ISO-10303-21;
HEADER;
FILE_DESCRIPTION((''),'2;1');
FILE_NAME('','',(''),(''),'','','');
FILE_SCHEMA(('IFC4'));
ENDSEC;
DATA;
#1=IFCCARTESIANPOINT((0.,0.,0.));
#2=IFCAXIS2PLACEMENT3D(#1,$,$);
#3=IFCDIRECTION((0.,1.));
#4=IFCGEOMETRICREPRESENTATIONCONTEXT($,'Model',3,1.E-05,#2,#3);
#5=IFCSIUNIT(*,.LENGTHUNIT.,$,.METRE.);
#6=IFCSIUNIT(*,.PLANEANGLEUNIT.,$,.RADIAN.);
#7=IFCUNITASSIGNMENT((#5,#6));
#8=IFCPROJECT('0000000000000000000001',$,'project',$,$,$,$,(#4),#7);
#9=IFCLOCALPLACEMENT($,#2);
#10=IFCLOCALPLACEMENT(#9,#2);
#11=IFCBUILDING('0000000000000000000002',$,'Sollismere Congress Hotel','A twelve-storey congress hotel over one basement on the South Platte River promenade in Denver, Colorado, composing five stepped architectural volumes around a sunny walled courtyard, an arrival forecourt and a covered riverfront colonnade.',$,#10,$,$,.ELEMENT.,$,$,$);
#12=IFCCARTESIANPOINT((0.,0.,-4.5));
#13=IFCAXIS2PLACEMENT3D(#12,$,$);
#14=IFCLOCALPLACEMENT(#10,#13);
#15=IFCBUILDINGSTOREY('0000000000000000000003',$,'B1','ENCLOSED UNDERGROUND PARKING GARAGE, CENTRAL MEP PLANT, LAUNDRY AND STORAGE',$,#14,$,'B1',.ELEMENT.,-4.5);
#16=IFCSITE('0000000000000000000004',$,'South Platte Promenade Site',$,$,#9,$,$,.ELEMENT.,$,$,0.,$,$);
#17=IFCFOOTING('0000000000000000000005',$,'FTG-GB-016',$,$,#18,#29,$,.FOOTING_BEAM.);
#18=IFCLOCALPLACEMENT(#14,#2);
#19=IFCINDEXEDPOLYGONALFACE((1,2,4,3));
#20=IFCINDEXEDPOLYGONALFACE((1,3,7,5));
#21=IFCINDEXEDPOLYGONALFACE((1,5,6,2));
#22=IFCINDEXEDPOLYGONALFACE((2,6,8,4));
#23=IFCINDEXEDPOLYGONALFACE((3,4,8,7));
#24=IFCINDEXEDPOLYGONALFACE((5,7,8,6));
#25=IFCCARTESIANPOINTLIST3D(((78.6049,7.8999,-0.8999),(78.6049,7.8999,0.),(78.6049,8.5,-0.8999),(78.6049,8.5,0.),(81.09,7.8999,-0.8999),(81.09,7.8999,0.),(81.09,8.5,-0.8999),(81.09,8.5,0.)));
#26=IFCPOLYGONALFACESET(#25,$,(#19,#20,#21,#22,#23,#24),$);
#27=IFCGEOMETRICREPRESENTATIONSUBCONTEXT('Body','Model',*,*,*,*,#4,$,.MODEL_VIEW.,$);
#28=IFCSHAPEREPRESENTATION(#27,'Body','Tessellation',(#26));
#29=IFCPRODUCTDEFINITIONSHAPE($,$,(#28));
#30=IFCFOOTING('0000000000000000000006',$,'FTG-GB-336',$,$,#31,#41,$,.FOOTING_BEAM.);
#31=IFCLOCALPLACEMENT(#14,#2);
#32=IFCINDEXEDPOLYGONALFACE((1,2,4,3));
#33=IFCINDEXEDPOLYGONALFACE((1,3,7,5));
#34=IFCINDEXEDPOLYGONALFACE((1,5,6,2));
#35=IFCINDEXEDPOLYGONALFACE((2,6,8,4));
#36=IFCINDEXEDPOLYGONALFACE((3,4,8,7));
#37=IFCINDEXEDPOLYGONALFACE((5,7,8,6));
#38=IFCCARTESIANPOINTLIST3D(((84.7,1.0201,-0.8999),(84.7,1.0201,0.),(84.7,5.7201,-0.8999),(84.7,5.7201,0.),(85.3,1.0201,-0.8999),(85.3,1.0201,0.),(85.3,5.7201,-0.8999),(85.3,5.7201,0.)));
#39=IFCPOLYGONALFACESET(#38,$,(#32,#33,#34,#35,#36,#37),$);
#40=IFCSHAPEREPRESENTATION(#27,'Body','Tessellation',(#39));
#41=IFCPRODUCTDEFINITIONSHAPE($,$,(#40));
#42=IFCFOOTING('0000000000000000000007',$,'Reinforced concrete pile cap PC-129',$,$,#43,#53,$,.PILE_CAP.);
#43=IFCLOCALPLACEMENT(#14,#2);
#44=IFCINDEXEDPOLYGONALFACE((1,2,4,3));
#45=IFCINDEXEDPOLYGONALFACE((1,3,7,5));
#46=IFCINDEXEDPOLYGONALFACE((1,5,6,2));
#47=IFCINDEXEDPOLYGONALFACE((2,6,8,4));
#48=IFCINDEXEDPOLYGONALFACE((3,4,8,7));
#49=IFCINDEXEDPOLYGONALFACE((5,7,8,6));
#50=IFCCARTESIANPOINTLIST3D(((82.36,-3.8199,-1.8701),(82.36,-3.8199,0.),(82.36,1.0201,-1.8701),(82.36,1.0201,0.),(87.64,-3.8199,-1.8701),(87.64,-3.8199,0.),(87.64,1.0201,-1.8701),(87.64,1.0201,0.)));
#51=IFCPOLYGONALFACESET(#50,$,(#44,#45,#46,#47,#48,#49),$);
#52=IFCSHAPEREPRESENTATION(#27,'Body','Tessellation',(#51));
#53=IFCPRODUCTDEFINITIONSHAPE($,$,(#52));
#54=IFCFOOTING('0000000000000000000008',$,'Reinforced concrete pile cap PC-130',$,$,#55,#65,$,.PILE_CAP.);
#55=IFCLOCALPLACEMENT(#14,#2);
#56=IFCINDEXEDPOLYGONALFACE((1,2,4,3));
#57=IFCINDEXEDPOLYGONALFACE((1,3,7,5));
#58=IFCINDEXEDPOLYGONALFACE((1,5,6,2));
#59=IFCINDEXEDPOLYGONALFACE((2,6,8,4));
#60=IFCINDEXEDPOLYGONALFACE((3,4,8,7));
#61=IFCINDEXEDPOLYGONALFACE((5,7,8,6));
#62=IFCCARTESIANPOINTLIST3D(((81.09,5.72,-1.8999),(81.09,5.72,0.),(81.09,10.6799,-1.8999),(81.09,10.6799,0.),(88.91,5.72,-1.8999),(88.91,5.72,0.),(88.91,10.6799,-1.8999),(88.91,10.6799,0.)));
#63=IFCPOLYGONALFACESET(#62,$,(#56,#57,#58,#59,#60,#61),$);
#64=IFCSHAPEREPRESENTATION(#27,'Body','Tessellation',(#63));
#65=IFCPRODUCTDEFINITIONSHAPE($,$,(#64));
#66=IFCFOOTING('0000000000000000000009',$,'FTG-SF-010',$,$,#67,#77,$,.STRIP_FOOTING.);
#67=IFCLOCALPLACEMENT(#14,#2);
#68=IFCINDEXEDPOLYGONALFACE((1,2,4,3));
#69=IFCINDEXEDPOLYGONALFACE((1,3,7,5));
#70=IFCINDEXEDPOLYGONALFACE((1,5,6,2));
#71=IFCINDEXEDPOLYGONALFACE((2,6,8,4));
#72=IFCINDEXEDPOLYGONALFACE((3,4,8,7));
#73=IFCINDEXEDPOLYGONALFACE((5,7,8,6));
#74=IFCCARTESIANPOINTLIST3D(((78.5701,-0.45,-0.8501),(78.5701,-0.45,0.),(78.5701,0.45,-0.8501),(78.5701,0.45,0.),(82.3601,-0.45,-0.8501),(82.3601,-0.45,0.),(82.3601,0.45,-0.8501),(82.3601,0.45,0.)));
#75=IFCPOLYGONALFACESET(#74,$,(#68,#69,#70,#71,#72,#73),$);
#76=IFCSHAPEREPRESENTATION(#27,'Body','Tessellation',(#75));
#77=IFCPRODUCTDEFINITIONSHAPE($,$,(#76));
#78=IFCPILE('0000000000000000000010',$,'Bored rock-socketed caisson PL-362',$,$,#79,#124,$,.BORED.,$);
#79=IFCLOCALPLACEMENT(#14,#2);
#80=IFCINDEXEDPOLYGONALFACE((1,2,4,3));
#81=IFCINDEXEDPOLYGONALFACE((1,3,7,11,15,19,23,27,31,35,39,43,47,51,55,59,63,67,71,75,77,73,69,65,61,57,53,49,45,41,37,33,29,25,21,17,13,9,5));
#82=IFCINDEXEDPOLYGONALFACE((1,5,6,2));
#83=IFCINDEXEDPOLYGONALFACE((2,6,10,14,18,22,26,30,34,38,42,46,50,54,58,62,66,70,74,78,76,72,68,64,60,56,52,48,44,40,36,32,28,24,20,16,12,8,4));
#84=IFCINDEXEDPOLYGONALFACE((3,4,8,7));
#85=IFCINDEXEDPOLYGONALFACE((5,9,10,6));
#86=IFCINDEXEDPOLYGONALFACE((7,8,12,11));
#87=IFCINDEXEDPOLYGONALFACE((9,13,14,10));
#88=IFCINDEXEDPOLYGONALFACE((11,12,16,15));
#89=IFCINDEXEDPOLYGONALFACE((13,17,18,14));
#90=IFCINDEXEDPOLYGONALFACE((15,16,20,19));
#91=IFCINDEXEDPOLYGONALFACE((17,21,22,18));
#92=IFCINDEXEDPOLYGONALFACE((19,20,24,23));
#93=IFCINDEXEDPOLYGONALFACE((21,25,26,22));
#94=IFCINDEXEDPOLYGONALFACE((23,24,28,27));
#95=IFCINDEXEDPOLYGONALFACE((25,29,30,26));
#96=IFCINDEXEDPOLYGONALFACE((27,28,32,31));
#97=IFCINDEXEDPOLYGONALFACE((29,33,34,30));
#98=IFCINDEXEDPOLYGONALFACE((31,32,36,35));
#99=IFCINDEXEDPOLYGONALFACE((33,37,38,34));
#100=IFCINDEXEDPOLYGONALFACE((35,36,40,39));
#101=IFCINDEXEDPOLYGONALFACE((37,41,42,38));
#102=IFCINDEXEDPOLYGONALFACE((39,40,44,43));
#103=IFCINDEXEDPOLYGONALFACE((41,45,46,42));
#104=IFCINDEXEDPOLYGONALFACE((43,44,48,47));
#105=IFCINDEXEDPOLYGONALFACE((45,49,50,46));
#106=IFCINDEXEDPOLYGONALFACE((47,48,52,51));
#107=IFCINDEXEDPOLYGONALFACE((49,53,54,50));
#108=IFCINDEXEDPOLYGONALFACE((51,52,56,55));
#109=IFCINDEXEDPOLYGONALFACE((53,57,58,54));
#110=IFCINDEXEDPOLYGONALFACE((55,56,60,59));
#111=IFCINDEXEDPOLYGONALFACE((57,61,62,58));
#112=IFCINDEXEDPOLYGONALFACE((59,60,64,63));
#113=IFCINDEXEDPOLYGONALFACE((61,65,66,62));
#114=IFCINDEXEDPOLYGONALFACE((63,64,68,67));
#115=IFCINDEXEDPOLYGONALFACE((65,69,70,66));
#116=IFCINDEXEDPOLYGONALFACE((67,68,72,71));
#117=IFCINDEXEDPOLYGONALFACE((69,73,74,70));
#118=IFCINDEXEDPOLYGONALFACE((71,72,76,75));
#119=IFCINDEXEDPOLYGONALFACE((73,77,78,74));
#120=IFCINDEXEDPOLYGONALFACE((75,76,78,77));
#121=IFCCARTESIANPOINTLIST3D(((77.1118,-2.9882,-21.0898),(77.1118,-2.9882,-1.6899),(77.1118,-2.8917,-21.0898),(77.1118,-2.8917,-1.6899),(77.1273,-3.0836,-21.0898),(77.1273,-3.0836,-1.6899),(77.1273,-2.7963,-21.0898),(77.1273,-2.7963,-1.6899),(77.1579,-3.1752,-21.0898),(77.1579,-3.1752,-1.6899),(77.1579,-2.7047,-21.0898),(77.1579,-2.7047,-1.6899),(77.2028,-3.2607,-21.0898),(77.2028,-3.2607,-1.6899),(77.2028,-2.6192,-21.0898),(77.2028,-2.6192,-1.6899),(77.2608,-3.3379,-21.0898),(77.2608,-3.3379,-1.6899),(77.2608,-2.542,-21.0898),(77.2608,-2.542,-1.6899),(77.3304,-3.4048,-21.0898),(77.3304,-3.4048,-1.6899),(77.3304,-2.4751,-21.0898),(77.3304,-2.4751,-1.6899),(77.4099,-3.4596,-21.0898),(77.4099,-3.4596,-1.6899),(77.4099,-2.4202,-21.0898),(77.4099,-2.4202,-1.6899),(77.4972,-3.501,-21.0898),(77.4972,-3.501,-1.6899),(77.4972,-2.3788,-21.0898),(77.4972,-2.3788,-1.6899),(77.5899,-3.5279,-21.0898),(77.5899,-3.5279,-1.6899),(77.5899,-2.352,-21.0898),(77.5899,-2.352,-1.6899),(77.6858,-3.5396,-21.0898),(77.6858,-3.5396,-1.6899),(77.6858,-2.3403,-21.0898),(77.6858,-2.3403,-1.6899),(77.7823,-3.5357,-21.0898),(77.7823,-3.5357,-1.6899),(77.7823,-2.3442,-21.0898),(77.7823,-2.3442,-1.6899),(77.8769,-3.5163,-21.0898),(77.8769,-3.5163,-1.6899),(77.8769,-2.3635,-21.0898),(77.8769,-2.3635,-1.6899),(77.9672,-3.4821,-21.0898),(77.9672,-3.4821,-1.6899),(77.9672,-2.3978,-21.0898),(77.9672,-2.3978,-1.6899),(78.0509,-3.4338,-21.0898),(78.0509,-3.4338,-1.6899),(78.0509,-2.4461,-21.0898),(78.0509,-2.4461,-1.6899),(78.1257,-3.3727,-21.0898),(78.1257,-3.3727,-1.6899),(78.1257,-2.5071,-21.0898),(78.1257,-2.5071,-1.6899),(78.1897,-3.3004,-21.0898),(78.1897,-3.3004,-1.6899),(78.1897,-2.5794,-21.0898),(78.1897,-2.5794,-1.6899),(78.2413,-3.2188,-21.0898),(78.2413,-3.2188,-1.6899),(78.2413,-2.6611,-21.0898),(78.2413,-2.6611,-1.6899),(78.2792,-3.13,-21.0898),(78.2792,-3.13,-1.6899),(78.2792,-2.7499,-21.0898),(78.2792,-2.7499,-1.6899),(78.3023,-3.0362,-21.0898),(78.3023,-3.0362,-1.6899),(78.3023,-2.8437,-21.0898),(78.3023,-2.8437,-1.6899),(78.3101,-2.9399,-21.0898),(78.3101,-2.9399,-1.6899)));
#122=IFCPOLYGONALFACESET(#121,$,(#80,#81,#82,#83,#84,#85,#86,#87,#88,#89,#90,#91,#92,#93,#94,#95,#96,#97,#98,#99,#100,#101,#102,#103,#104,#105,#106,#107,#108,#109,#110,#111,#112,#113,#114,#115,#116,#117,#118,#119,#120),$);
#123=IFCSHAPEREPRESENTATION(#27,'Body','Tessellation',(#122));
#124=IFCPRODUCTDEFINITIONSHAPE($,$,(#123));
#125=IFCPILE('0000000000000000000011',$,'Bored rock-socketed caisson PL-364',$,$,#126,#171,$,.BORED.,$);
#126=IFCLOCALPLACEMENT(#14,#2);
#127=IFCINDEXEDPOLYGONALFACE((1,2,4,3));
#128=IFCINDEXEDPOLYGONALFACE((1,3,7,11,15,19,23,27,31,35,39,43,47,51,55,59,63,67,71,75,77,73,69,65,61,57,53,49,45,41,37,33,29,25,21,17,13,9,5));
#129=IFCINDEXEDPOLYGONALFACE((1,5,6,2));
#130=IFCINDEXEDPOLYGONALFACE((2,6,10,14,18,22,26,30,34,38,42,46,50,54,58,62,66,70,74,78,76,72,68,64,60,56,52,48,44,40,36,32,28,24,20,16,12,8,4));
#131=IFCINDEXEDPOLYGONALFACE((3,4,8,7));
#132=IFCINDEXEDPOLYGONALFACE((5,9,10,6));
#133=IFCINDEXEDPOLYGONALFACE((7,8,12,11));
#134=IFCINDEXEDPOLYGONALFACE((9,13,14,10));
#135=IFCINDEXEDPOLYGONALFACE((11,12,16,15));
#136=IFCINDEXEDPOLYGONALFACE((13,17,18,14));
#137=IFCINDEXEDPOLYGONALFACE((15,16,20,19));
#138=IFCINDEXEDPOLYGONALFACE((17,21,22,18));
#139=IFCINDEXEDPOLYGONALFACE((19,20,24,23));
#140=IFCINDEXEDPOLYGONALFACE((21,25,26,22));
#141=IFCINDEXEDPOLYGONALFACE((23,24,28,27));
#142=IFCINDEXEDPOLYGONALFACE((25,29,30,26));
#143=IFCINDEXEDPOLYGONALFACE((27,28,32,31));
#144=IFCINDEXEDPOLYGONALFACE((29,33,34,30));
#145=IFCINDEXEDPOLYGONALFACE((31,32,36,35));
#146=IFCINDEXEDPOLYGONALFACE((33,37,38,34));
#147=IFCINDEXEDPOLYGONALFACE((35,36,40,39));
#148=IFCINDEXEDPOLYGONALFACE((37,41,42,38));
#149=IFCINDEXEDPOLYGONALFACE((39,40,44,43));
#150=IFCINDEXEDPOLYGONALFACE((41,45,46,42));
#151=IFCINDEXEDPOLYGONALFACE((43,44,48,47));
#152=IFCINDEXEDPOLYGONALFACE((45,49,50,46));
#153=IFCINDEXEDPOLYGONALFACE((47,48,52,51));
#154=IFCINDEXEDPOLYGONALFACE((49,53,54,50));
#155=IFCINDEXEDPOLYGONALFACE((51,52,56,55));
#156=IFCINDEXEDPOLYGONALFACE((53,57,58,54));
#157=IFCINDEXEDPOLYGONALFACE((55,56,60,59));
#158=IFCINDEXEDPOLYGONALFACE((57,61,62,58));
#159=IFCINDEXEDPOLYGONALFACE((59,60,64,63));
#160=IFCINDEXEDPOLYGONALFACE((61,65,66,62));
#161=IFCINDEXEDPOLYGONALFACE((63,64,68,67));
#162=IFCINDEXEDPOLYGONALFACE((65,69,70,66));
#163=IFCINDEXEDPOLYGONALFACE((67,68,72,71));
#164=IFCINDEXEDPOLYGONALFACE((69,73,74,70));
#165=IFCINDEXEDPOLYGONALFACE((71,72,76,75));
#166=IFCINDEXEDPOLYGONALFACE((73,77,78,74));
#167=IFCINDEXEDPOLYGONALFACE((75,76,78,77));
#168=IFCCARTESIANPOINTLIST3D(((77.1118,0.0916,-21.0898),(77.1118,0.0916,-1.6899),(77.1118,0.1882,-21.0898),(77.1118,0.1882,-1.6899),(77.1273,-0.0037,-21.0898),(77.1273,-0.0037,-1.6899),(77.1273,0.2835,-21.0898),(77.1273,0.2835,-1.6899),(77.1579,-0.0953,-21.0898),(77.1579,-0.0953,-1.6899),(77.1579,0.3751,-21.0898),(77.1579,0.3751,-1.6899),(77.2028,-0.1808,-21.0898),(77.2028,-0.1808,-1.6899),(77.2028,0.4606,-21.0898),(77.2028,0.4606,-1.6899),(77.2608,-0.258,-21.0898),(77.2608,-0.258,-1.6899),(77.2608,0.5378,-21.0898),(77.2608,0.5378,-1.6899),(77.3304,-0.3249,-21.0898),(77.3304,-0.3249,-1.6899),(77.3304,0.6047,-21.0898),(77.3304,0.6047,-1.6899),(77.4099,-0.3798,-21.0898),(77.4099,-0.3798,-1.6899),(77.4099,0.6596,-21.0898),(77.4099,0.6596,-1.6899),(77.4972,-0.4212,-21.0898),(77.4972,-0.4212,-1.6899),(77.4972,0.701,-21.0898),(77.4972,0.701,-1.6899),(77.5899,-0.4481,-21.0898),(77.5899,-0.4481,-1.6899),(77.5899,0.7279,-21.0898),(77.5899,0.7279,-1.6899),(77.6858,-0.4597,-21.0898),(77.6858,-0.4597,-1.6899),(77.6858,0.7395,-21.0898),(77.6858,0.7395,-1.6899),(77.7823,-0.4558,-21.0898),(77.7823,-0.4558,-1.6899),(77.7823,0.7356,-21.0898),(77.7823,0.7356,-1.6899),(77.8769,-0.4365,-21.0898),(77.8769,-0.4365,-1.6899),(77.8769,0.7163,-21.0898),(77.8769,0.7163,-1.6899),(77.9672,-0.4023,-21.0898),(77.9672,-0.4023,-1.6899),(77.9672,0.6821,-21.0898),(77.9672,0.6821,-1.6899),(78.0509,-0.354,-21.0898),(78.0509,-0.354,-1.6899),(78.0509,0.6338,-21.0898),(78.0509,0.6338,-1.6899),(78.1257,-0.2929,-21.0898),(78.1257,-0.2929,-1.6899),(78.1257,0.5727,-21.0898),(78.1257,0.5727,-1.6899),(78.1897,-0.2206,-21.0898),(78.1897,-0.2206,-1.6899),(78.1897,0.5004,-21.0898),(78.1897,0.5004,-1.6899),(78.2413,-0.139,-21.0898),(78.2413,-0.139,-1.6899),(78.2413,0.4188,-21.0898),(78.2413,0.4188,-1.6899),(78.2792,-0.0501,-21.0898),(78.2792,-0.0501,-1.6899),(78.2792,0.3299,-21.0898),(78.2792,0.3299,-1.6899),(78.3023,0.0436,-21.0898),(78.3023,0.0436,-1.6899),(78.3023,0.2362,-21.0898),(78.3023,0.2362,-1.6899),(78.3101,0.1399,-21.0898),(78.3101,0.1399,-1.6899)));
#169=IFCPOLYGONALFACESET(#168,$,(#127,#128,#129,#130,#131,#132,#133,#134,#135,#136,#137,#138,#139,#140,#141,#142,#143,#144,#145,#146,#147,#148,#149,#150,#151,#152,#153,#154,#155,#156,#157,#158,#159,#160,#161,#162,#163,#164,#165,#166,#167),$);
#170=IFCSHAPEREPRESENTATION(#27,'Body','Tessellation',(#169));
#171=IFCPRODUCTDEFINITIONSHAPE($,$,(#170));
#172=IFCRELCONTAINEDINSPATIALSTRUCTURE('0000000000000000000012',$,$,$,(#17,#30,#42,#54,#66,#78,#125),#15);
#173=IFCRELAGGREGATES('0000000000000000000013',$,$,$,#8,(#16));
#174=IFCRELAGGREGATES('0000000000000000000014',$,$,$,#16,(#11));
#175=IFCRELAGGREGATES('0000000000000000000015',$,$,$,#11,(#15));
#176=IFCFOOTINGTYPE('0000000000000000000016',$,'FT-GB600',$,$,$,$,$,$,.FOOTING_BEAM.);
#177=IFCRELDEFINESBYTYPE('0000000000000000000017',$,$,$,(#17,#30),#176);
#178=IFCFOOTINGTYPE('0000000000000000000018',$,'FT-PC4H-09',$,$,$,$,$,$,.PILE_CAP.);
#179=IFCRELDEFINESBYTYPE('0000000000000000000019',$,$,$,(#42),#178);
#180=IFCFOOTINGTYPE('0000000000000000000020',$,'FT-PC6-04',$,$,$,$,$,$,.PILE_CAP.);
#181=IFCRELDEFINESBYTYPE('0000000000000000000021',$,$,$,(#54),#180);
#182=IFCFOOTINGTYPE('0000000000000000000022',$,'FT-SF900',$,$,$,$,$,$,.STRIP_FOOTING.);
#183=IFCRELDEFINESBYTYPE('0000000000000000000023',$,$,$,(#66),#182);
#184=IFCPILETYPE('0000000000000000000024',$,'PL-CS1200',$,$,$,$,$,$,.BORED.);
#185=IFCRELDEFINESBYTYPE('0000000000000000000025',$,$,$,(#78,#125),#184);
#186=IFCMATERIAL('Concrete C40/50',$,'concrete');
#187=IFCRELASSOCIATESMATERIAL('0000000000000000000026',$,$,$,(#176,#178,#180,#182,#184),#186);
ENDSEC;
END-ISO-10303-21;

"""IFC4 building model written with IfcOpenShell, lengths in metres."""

from ifc_helpers import new_model, si_unit, direction, frame, origin, origin_2d, place, context, subcontext, project, spatial, rectangle, circle, extrude, material, material_profile, profile_set, type_object, element, save


model = new_model("IFC4")

# Units and contexts
model_context = context("Model", 3, precision=1e-05, world=origin(), true_north=direction((0.0, 1.0)))
body_context = subcontext(model_context, "Body", "Model", "MODEL_VIEW")
ifc_project = project(units=[si_unit("LENGTHUNIT", "METRE"), si_unit("PLANEANGLEUNIT", "RADIAN")], contexts=[model_context])

# Site, building, storey
site_placement = place(None, origin())
site = spatial("IfcSite", under=ifc_project, at=site_placement, Name="South Platte Promenade Site", CompositionType="ELEMENT", RefElevation=0.0)
building_placement = place(site_placement, origin())
building = spatial("IfcBuilding", under=site, at=building_placement, Name="Sollismere Congress Hotel", Description="A twelve-storey congress hotel over one basement on the South Platte River promenade in Denver, Colorado, composing five stepped architectural volumes around a sunny walled courtyard, an arrival forecourt and a covered riverfront colonnade.", CompositionType="ELEMENT")
storey_placement = place(building_placement, frame((0.0, 0.0, -4.5)))
storey = spatial("IfcBuildingStorey", under=building, at=storey_placement, Name="B1", Description="ENCLOSED UNDERGROUND PARKING GARAGE, CENTRAL MEP PLANT, LAUNDRY AND STORAGE", LongName="B1", CompositionType="ELEMENT", Elevation=-4.5)

# Footings
ifc_material_1 = material(Name="Concrete C40/50", Category="concrete")
footing_type_1 = type_object("IfcFootingType", Name="FT-GB600", PredefinedType="FOOTING_BEAM", material=ifc_material_1)
footing_1_placement = place(storey_placement, frame((79.8474, 8.2, -0.8999), z_axis=(0.0, 0.0, 1.0), x_axis=(1.0, 0.0, 0.0)))
element("IfcFooting", 1, at=footing_1_placement, inside=storey, type_object=footing_type_1, Name="FTG-GB-016", PredefinedType="FOOTING_BEAM", context=body_context, shape_type="SweptSolid", body=[
    extrude(rectangle(XDim=2.4851, YDim=0.6001, at=origin_2d()), origin(), (0.0, 0.0, 1.0), 0.8999),
])
footing_2_placement = place(storey_placement, frame((85.0, 3.3701, -0.8999), z_axis=(0.0, 0.0, 1.0), x_axis=(0.0, 1.0, 0.0)))
element("IfcFooting", 2, at=footing_2_placement, inside=storey, type_object=footing_type_1, Name="FTG-GB-336", PredefinedType="FOOTING_BEAM", context=body_context, shape_type="SweptSolid", body=[
    extrude(rectangle(XDim=4.7, YDim=0.6001, at=origin_2d()), origin(), (0.0, 0.0, 1.0), 0.8999),
])
footing_type_2 = type_object("IfcFootingType", Name="FT-PC4H-09", PredefinedType="PILE_CAP", material=ifc_material_1)
footing_3_placement = place(storey_placement, frame((85.0, -1.3999, -1.8701), z_axis=(0.0, 0.0, 1.0), x_axis=(1.0, 0.0, 0.0)))
element("IfcFooting", 3, at=footing_3_placement, inside=storey, type_object=footing_type_2, Name="Reinforced concrete pile cap PC-129", PredefinedType="PILE_CAP", context=body_context, shape_type="SweptSolid", body=[
    extrude(rectangle(XDim=5.28, YDim=4.8401, at=origin_2d()), origin(), (0.0, 0.0, 1.0), 1.8701),
])
footing_type_3 = type_object("IfcFootingType", Name="FT-PC6-04", PredefinedType="PILE_CAP", material=ifc_material_1)
footing_4_placement = place(storey_placement, frame((85.0, 8.2, -1.8999), z_axis=(0.0, 0.0, 1.0), x_axis=(1.0, 0.0, 0.0)))
element("IfcFooting", 4, at=footing_4_placement, inside=storey, type_object=footing_type_3, Name="Reinforced concrete pile cap PC-130", PredefinedType="PILE_CAP", context=body_context, shape_type="SweptSolid", body=[
    extrude(rectangle(XDim=7.8201, YDim=4.96, at=origin_2d()), origin(), (0.0, 0.0, 1.0), 1.8999),
])
footing_type_4 = type_object("IfcFootingType", Name="FT-SF900", PredefinedType="STRIP_FOOTING", material=ifc_material_1)
footing_5_placement = place(storey_placement, frame((80.4651, 0.0, -0.8501), z_axis=(0.0, 0.0, 1.0), x_axis=(1.0, 0.0, 0.0)))
element("IfcFooting", 5, at=footing_5_placement, inside=storey, type_object=footing_type_4, Name="FTG-SF-010", PredefinedType="STRIP_FOOTING", context=body_context, shape_type="SweptSolid", body=[
    extrude(rectangle(XDim=3.79, YDim=0.8999, at=origin_2d()), origin(), (0.0, 0.0, 1.0), 0.8501),
])

# Piles
ifc_material_profile_1 = material_profile(ifc_material_1, circle(Radius=0.6001, at=origin_2d()), Name="CAISSON1200")
ifc_profile_set_1 = profile_set([ifc_material_profile_1], Name="Concrete C40/50")
pile_type = type_object("IfcPileType", Name="PL-CS1200", PredefinedType="BORED", material=ifc_profile_set_1)
for number, where, z_axis, x_axis, name in (
    (6, (77.71, -2.9399, -1.6899), (0.0, 0.0, -1.0), (1.0, 0.0, 0.0), "Bored rock-socketed caisson PL-362"),
    (7, (77.71, 0.1399, -1.6899), (0.0, 0.0, -1.0), (1.0, 0.0, 0.0), "Bored rock-socketed caisson PL-364"),
):
    element("IfcPile", number, at=place(storey_placement, frame(where, z_axis=z_axis, x_axis=x_axis)), inside=storey, type_object=pile_type, Name=name, PredefinedType="BORED", context=body_context, shape_type="SweptSolid", body=[
        extrude(circle(Radius=0.6001, at=origin_2d()), origin(), (0.0, 0.0, 1.0), 19.3999),
    ])

save(model, "model.ifc")
